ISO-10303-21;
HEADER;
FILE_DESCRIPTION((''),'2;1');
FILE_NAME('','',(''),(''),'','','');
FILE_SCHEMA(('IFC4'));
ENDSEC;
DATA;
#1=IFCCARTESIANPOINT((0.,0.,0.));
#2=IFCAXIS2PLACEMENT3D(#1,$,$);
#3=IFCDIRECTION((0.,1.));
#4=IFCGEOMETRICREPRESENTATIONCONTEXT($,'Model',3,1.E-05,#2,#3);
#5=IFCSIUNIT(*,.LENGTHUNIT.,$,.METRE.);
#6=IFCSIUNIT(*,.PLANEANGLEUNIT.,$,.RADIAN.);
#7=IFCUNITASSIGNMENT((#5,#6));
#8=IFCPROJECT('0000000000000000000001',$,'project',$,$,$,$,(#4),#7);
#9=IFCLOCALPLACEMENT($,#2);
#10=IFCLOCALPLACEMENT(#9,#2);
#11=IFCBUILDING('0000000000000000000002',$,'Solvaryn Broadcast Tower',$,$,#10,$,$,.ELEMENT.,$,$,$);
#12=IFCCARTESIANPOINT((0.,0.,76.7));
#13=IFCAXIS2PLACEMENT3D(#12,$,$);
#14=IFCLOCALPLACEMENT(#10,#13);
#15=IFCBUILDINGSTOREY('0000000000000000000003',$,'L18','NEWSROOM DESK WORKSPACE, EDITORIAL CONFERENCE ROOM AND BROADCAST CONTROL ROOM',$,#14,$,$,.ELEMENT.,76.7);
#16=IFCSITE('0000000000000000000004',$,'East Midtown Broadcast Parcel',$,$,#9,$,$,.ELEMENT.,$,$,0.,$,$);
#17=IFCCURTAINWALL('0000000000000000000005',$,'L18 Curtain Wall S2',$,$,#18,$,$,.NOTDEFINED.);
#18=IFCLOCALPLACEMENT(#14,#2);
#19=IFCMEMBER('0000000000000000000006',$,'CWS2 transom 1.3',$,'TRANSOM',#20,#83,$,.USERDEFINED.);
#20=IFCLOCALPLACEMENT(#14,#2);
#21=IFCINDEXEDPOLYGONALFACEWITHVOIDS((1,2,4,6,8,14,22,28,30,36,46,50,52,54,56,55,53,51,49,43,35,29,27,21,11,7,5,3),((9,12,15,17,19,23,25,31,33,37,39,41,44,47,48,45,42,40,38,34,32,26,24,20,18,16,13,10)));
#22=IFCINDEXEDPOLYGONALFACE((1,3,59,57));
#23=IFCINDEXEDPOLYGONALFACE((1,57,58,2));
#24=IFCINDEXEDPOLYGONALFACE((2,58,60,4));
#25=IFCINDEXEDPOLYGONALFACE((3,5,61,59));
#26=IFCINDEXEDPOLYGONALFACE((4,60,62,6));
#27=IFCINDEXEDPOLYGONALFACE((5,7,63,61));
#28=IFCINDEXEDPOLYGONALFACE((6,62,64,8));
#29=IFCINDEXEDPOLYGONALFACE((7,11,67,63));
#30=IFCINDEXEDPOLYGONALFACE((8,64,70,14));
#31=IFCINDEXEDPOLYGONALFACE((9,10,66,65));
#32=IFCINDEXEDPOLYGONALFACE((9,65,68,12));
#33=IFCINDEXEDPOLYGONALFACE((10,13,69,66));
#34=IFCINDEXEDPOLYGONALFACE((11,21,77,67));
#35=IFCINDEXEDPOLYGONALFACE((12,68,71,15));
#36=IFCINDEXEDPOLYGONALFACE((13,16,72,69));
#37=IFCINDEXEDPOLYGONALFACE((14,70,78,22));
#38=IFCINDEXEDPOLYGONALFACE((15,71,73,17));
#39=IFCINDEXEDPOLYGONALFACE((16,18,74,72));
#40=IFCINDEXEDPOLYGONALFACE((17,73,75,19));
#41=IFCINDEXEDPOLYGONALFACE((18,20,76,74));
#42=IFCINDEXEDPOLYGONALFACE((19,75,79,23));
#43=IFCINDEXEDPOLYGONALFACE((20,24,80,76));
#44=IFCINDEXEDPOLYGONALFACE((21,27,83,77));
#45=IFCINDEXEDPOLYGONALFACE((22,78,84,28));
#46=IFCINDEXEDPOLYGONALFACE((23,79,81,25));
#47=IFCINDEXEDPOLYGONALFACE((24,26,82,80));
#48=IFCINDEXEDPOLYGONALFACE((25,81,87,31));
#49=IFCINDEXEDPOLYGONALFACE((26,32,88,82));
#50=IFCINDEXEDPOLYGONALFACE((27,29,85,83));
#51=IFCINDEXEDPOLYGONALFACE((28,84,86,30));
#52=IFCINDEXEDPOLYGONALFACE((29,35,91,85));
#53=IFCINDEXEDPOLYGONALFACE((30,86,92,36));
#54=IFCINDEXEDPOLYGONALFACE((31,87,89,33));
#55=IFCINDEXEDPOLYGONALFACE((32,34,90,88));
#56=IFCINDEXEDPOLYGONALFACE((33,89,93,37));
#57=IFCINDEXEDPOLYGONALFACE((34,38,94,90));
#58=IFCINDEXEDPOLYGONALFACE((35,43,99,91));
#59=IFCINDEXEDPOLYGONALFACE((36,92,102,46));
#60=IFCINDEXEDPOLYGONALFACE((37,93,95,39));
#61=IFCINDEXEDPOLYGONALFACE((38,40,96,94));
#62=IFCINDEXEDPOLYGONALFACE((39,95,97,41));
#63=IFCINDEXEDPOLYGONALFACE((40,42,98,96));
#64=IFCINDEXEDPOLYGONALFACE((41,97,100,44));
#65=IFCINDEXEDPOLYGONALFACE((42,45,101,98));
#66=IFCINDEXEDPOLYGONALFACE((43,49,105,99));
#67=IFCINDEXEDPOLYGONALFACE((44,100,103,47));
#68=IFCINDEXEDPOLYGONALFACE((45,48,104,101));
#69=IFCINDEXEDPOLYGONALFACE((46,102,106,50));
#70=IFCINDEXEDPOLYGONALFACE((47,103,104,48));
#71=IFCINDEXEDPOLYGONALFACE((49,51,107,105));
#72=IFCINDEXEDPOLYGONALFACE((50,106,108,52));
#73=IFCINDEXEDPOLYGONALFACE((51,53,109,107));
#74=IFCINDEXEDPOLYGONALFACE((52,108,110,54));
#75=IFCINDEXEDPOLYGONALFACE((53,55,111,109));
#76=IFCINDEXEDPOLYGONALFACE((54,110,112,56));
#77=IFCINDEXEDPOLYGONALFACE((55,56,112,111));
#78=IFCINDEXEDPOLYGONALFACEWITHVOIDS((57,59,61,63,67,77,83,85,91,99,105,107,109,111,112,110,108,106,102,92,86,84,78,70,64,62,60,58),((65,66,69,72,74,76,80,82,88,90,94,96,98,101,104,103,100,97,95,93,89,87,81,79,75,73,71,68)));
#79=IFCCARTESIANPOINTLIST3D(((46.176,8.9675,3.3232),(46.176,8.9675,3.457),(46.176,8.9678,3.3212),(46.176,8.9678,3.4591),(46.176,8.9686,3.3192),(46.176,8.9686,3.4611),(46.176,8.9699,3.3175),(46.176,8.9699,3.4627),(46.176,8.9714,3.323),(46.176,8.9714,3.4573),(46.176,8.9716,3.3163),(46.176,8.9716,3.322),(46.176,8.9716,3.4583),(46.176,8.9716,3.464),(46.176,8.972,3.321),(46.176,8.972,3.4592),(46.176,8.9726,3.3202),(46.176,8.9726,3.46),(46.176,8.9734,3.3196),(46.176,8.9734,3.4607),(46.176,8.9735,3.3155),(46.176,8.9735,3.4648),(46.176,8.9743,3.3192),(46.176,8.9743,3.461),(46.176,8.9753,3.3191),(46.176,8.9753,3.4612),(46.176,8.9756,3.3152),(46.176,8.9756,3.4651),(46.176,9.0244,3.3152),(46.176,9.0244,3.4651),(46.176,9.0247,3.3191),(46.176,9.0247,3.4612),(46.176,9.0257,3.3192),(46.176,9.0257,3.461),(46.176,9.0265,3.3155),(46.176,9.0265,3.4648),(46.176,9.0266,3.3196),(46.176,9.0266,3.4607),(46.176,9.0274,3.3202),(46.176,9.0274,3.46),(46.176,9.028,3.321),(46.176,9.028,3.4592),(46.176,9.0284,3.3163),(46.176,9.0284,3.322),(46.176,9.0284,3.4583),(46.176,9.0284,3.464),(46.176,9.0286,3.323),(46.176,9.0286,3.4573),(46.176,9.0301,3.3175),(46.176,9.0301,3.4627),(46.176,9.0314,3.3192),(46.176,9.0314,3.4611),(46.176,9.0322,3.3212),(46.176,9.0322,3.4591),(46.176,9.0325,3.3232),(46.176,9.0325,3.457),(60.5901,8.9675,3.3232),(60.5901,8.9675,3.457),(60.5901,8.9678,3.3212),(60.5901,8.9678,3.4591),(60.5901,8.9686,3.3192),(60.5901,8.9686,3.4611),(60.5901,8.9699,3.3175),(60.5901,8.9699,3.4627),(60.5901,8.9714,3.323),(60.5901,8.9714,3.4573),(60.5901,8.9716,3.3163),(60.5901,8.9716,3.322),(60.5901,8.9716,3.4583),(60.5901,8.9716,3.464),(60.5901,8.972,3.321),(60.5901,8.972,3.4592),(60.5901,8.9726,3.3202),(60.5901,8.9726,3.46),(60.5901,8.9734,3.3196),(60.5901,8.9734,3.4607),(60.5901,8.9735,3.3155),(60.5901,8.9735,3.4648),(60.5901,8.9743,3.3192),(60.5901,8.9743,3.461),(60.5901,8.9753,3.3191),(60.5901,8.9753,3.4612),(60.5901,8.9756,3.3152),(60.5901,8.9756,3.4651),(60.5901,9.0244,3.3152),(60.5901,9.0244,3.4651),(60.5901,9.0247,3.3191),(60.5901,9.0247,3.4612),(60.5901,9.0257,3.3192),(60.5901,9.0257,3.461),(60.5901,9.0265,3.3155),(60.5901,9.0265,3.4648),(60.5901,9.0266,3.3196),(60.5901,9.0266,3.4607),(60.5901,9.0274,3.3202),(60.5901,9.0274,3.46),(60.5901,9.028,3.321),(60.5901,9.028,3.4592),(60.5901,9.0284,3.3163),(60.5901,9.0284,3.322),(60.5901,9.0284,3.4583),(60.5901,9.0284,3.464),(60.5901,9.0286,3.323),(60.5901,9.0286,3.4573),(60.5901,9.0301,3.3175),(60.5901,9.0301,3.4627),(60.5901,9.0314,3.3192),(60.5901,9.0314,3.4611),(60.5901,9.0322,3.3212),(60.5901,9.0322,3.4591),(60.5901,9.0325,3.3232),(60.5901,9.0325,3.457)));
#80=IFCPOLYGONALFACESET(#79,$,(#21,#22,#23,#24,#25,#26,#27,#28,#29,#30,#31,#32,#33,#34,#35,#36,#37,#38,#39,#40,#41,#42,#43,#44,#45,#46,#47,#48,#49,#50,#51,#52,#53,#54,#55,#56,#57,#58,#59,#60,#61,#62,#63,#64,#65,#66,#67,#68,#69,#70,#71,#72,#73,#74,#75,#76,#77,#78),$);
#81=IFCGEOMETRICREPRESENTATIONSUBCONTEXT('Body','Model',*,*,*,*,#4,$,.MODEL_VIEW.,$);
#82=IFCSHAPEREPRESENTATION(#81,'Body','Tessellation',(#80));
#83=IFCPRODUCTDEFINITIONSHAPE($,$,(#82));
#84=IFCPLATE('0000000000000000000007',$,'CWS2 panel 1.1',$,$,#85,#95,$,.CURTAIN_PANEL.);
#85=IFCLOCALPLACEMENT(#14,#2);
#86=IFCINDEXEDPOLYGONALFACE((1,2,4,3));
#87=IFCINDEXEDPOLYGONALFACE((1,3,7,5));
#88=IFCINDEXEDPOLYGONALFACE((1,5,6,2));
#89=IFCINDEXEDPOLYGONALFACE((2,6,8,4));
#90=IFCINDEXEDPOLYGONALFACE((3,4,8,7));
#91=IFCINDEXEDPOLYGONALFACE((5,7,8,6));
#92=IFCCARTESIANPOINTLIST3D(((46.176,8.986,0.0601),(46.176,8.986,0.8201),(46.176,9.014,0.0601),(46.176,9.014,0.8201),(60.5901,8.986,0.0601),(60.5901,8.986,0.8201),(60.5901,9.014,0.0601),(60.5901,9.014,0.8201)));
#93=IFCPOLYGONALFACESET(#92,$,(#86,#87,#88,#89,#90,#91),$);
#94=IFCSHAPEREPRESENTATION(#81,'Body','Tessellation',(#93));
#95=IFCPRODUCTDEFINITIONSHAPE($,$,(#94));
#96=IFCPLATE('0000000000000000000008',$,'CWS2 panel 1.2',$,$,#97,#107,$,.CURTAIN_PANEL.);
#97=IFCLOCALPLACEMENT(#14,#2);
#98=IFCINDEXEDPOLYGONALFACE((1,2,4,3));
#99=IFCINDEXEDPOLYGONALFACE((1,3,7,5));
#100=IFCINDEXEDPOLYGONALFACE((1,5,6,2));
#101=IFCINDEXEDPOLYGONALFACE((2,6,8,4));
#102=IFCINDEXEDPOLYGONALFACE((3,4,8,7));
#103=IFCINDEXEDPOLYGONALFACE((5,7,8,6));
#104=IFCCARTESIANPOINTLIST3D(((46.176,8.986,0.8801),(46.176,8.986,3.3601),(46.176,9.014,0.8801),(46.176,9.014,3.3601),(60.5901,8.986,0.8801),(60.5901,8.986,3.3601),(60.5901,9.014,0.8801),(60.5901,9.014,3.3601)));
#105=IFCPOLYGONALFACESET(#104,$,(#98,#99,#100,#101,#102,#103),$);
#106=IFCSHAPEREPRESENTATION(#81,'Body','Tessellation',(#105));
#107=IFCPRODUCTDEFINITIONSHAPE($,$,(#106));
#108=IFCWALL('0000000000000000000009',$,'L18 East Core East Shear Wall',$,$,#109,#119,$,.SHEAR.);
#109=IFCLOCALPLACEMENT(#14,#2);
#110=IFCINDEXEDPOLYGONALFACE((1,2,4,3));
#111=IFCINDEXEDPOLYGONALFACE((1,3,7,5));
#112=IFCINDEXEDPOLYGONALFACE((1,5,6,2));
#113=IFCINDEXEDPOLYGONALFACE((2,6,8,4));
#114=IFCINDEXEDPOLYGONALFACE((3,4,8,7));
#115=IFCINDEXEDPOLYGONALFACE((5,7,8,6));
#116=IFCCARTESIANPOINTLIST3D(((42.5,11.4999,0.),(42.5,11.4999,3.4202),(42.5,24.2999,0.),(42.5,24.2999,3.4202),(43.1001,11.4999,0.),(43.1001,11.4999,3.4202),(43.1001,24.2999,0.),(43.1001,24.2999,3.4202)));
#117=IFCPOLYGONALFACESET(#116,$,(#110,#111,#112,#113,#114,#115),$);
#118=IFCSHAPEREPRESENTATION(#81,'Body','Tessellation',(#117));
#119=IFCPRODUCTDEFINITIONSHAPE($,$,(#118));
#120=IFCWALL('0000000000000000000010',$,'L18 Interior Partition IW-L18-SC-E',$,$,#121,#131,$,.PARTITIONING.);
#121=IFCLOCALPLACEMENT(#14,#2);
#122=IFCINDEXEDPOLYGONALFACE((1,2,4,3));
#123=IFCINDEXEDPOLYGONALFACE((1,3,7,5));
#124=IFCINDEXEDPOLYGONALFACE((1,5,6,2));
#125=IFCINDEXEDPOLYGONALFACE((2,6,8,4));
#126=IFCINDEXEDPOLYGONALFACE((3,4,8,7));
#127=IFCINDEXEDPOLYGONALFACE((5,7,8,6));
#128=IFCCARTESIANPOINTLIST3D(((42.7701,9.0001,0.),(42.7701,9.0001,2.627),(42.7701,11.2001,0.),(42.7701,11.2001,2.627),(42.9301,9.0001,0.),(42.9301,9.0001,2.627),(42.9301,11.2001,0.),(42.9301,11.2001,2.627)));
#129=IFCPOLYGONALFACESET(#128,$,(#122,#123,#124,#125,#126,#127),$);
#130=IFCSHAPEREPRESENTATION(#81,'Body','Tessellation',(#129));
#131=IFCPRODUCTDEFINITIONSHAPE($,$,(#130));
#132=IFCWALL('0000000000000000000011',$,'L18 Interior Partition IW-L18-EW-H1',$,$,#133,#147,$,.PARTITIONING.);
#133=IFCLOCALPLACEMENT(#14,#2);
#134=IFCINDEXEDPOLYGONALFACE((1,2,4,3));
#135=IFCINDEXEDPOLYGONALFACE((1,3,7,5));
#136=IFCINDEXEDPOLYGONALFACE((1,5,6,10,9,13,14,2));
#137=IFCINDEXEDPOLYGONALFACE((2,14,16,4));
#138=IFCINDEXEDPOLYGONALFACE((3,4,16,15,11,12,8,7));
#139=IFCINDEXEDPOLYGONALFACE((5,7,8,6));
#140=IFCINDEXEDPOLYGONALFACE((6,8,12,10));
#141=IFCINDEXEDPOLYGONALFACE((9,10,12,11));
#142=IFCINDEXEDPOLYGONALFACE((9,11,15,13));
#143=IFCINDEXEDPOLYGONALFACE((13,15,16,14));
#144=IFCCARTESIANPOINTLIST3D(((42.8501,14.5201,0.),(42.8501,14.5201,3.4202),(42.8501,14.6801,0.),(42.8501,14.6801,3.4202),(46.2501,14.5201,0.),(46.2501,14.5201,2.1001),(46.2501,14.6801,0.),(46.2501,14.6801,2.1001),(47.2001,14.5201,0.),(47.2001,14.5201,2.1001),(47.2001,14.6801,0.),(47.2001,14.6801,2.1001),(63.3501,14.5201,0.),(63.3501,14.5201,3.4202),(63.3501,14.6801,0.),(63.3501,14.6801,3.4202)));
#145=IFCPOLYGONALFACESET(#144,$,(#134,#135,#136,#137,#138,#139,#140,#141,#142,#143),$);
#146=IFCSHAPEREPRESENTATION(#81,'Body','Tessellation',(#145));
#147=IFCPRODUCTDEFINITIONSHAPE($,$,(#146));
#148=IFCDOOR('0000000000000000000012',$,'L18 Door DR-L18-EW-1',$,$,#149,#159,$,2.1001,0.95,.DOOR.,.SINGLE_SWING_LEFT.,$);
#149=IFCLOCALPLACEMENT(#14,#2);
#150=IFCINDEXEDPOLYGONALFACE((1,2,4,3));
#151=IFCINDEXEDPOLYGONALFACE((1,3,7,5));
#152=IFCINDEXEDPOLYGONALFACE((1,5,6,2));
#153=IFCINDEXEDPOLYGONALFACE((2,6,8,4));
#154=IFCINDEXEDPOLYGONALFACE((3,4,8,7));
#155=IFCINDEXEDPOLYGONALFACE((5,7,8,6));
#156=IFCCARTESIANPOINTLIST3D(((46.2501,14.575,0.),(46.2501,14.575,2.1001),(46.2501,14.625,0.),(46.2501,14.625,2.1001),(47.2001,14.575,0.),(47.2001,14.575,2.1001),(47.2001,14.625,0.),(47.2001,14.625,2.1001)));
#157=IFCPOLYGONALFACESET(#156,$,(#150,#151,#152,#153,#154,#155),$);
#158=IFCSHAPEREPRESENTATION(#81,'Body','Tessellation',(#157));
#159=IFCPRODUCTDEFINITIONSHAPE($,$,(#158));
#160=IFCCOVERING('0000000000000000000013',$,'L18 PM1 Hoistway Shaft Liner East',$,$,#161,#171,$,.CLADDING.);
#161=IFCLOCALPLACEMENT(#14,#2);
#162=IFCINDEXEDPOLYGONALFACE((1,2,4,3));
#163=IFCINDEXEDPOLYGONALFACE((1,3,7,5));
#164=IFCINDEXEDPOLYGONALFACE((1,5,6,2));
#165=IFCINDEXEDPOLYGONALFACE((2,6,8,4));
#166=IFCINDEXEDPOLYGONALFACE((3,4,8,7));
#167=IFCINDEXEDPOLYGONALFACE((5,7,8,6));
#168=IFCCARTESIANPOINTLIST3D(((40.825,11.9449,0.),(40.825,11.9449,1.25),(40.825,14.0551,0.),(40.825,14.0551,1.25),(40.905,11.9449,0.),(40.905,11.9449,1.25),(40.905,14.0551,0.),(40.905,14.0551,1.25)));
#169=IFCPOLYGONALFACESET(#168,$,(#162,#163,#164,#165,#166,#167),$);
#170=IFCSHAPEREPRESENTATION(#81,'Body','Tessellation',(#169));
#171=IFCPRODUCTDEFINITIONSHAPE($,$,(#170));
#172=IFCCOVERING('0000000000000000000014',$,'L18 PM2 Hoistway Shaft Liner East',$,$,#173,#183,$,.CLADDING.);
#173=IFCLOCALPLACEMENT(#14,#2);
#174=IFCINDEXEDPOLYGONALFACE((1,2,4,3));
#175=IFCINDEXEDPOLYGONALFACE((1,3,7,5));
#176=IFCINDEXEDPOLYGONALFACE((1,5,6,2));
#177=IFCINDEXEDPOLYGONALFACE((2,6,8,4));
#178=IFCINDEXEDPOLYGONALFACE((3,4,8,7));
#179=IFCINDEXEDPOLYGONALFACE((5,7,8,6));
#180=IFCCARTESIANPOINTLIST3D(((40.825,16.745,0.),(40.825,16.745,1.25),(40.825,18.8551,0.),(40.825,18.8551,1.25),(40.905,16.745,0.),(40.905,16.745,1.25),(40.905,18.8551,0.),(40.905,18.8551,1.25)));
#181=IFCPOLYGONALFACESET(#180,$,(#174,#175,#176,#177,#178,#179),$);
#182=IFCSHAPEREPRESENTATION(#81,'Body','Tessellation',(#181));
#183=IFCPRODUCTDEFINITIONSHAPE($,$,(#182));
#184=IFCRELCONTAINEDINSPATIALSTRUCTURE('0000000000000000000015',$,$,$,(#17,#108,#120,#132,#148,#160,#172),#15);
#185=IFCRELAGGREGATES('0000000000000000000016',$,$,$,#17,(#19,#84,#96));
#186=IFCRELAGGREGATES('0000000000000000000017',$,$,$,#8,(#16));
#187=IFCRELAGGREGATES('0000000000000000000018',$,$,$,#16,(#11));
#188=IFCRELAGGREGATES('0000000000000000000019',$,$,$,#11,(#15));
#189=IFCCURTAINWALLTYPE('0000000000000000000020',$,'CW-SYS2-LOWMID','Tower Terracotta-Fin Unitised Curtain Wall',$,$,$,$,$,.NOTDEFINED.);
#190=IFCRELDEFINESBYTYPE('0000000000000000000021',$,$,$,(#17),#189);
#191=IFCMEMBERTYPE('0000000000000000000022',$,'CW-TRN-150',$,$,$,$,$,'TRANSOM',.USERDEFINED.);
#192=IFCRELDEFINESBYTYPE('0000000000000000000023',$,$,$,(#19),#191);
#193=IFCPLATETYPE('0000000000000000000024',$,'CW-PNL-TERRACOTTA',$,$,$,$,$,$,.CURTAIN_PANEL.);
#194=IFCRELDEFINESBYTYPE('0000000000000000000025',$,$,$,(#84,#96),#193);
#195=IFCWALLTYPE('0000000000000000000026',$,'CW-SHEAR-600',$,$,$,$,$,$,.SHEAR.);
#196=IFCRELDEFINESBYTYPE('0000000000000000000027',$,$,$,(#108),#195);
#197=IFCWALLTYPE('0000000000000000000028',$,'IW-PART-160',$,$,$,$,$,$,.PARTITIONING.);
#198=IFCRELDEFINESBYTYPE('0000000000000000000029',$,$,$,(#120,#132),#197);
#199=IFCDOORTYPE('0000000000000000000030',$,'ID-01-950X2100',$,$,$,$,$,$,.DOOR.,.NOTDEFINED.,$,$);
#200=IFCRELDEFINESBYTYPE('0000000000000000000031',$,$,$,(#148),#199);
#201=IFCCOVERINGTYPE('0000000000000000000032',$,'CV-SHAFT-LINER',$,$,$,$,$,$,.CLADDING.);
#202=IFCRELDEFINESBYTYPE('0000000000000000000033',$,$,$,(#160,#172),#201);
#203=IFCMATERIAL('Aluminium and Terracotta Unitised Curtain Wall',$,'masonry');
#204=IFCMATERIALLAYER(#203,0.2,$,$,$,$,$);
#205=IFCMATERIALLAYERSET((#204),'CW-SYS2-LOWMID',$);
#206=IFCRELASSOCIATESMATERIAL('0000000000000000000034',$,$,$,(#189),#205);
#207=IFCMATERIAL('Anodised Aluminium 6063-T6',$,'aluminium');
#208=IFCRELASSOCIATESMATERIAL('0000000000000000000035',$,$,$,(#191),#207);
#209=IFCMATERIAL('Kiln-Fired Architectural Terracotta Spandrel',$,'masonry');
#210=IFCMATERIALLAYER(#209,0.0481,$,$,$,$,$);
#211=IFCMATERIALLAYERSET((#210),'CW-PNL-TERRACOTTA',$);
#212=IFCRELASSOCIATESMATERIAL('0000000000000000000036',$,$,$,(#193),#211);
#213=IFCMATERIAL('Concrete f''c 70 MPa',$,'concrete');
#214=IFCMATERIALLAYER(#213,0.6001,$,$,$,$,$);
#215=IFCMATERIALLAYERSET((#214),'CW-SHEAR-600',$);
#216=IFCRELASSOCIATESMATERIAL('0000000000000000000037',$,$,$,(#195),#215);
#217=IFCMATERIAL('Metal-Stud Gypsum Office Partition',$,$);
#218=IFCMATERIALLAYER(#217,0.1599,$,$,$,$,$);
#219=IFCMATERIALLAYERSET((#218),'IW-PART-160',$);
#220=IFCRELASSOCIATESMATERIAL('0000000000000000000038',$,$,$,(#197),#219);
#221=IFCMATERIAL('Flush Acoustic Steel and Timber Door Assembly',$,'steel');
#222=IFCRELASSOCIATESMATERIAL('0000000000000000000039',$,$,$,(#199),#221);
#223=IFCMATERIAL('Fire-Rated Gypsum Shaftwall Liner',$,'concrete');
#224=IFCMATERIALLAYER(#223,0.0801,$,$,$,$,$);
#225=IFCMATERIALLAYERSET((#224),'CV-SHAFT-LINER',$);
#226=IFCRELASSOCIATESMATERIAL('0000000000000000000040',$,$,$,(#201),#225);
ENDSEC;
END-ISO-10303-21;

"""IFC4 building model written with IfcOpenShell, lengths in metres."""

from ifc_helpers import new_model, si_unit, direction, frame, frame_2d, origin, origin_2d, place, context, subcontext, project, spatial, rectangle, hollow_rectangle, extrude, material, layer, layer_set, material_profile, profile_set, type_object, element, fill, aggregate, save


model = new_model("IFC4")

# Units and contexts
model_context = context("Model", 3, precision=1e-05, world=origin(), true_north=direction((0.0, 1.0)))
body_context = subcontext(model_context, "Body", "Model", "MODEL_VIEW")
ifc_project = project(units=[si_unit("LENGTHUNIT", "METRE"), si_unit("PLANEANGLEUNIT", "RADIAN")], contexts=[model_context])

# Site, building, storey
site_placement = place(None, origin())
site = spatial("IfcSite", under=ifc_project, at=site_placement, Name="East Midtown Broadcast Parcel", CompositionType="ELEMENT", RefElevation=0.0)
building_placement = place(site_placement, origin())
building = spatial("IfcBuilding", under=site, at=building_placement, Name="Solvaryn Broadcast Tower", CompositionType="ELEMENT")
storey_placement = place(building_placement, frame((0.0, 0.0, 76.7)))
storey = spatial("IfcBuildingStorey", under=building, at=storey_placement, Name="L18", Description="NEWSROOM DESK WORKSPACE, EDITORIAL CONFERENCE ROOM AND BROADCAST CONTROL ROOM", CompositionType="ELEMENT", Elevation=76.7)

# Shared definitions
ifc_material_1 = material(Name="Aluminium and Terracotta Unitised Curtain Wall", Category="masonry")
ifc_layer_1 = layer(ifc_material_1, 0.2)
ifc_layer_set_1 = layer_set([ifc_layer_1], Name="CW-SYS2-LOWMID")
curtain_wall_type = type_object("IfcCurtainWallType", Name="CW-SYS2-LOWMID", Description="Tower Terracotta-Fin Unitised Curtain Wall", PredefinedType="NOTDEFINED", material=ifc_layer_set_1)

# Curtain wall, member, plates
curtain_wall_1_placement = place(storey_placement, origin())
curtain_wall_1 = element("IfcCurtainWall", 1, at=curtain_wall_1_placement, inside=storey, type_object=curtain_wall_type, Name="L18 Curtain Wall S2", PredefinedType="NOTDEFINED")
ifc_material_2 = material(Name="Anodised Aluminium 6063-T6", Category="aluminium")
ifc_material_profile_1 = material_profile(ifc_material_2, hollow_rectangle(XDim=0.0649, YDim=0.1499, WallThickness=0.0039, InnerFilletRadius=0.0039, OuterFilletRadius=0.0081, at=origin_2d()))
ifc_profile_set_1 = profile_set([ifc_material_profile_1], Name="Anodised Aluminium 6063-T6")
member_type_1 = type_object("IfcMemberType", Name="CW-TRN-150", ElementType="TRANSOM", PredefinedType="USERDEFINED", material=ifc_profile_set_1)
member_1_placement = place(storey_placement, frame((46.176, 9.0, 3.3901), z_axis=(1.0, 0.0, 0.0), x_axis=(0.0, 1.0, 0.0)))
member_1 = element("IfcMember", 2, at=member_1_placement, type_object=member_type_1, Name="CWS2 transom 1.3", ObjectType="TRANSOM", PredefinedType="USERDEFINED", context=body_context, shape_type="SweptSolid", body=[
    extrude(hollow_rectangle(XDim=0.0649, YDim=0.1499, WallThickness=0.0039, InnerFilletRadius=0.0039, OuterFilletRadius=0.0081, at=origin_2d()), origin(), (0.0, 0.0, 1.0), 14.4141),
])
ifc_material_3 = material(Name="Kiln-Fired Architectural Terracotta Spandrel", Category="masonry")
ifc_layer_2 = layer(ifc_material_3, 0.0481)
ifc_layer_set_2 = layer_set([ifc_layer_2], Name="CW-PNL-TERRACOTTA")
plate_type = type_object("IfcPlateType", Name="CW-PNL-TERRACOTTA", PredefinedType="CURTAIN_PANEL", material=ifc_layer_set_2)
plate_1_placement = place(storey_placement, frame((53.3831, 9.0, 0.0601), z_axis=(0.0, 0.0, 1.0), x_axis=(1.0, 0.0, 0.0)))
plate_1 = element("IfcPlate", 3, at=plate_1_placement, type_object=plate_type, Name="CWS2 panel 1.1", PredefinedType="CURTAIN_PANEL", context=body_context, shape_type="SweptSolid", body=[
    extrude(rectangle(XDim=14.4141, YDim=0.0281, at=origin_2d()), origin(), (0.0, 0.0, 1.0), 0.76),
])
plate_2_placement = place(storey_placement, frame((53.3831, 9.0, 0.8801), z_axis=(0.0, 0.0, 1.0), x_axis=(1.0, 0.0, 0.0)))
plate_2 = element("IfcPlate", 4, at=plate_2_placement, type_object=plate_type, Name="CWS2 panel 1.2", PredefinedType="CURTAIN_PANEL", context=body_context, shape_type="SweptSolid", body=[
    extrude(rectangle(XDim=14.4141, YDim=0.0281, at=origin_2d()), origin(), (0.0, 0.0, 1.0), 2.48),
])
aggregate(curtain_wall_1, [member_1, plate_1, plate_2])

# Walls
ifc_material_4 = material(Name="Concrete f'c 70 MPa", Category="concrete")
ifc_layer_3 = layer(ifc_material_4, 0.6001)
ifc_layer_set_3 = layer_set([ifc_layer_3], Name="CW-SHEAR-600")
wall_type_1 = type_object("IfcWallType", Name="CW-SHEAR-600", PredefinedType="SHEAR", material=ifc_layer_set_3)
wall_1_placement = place(storey_placement, frame((42.8, 11.5, 0.0), z_axis=(0.0, 0.0, 1.0), x_axis=(0.0, 1.0, 0.0)))
element("IfcWall", 5, at=wall_1_placement, inside=storey, type_object=wall_type_1, Name="L18 East Core East Shear Wall", PredefinedType="SHEAR", context=body_context, shape_type="SweptSolid", body=[
    extrude(rectangle(XDim=12.8, YDim=0.6001, at=frame_2d((6.3999, 0.0))), origin(), (0.0, 0.0, 1.0), 3.4202),
])
ifc_material_5 = material(Name="Metal-Stud Gypsum Office Partition")
ifc_layer_4 = layer(ifc_material_5, 0.1599)
ifc_layer_set_4 = layer_set([ifc_layer_4], Name="IW-PART-160")
wall_type_2 = type_object("IfcWallType", Name="IW-PART-160", PredefinedType="PARTITIONING", material=ifc_layer_set_4)
wall_2_placement = place(storey_placement, frame((42.8501, 9.0, 0.0), z_axis=(0.0, 0.0, 1.0), x_axis=(0.0, 1.0, 0.0)))
element("IfcWall", 6, at=wall_2_placement, inside=storey, type_object=wall_type_2, Name="L18 Interior Partition IW-L18-SC-E", PredefinedType="PARTITIONING", context=body_context, shape_type="SweptSolid", body=[
    extrude(rectangle(XDim=2.2, YDim=0.1599, at=frame_2d((1.1001, 0.0))), origin(), (0.0, 0.0, 1.0), 2.627),
])

# Wall, opening, door
wall_3_placement = place(storey_placement, frame((42.8501, 14.6001, 0.0), z_axis=(0.0, 0.0, 1.0), x_axis=(1.0, 0.0, 0.0)))
wall_3 = element("IfcWall", 7, at=wall_3_placement, inside=storey, type_object=wall_type_2, Name="L18 Interior Partition IW-L18-EW-H1", PredefinedType="PARTITIONING", context=body_context, shape_type="SweptSolid", body=[
    extrude(rectangle(XDim=20.5, YDim=0.1599, at=frame_2d((10.25, 0.0))), origin(), (0.0, 0.0, 1.0), 3.4202),
])
opening_1_placement = place(wall_3_placement, frame((3.3999, 0.0, 0.0)))
opening_1 = element("IfcOpeningElement", 8, at=opening_1_placement, cuts=wall_3, PredefinedType="OPENING", context=body_context, shape_type="SweptSolid", body=[
    extrude(rectangle(XDim=0.95, YDim=2.1001, at=frame_2d((0.4751, 1.05))), frame((0.0, 0.0901, 0.0), z_axis=(0.0, -1.0, 0.0), x_axis=(1.0, 0.0, 0.0)), (0.0, 0.0, 1.0), 0.1799),
])
ifc_material_6 = material(Name="Flush Acoustic Steel and Timber Door Assembly", Category="steel")
door_type_1 = type_object("IfcDoorType", Name="ID-01-950X2100", OperationType="NOTDEFINED", PredefinedType="DOOR", material=ifc_material_6)
door_1_placement = place(opening_1_placement, origin())
door_1 = element("IfcDoor", 9, at=door_1_placement, inside=storey, type_object=door_type_1, Name="L18 Door DR-L18-EW-1", OperationType="SINGLE_SWING_LEFT", OverallHeight=2.1001, OverallWidth=0.95, PredefinedType="DOOR", context=body_context, shape_type="SweptSolid", body=[
    extrude(rectangle(XDim=0.95, YDim=2.1001, at=frame_2d((0.4751, 1.05))), frame((0.0, 0.0249, 0.0), z_axis=(0.0, -1.0, 0.0), x_axis=(1.0, 0.0, 0.0)), (0.0, 0.0, 1.0), 0.05),
])
fill(opening_1, door_1)

# Coverings
ifc_material_7 = material(Name="Fire-Rated Gypsum Shaftwall Liner", Category="concrete")
ifc_layer_5 = layer(ifc_material_7, 0.0801)
ifc_layer_set_5 = layer_set([ifc_layer_5], Name="CV-SHAFT-LINER")
covering_type_1 = type_object("IfcCoveringType", Name="CV-SHAFT-LINER", PredefinedType="CLADDING", material=ifc_layer_set_5)
for number, where, z_axis, x_axis, name in (
    (10, (40.865, 13.0, 0.0), (0.0, 0.0, 1.0), (1.0, 0.0, 0.0), "L18 PM1 Hoistway Shaft Liner East"),
    (11, (40.865, 17.8, 0.0), (0.0, 0.0, 1.0), (1.0, 0.0, 0.0), "L18 PM2 Hoistway Shaft Liner East"),
):
    element("IfcCovering", number, at=place(storey_placement, frame(where, z_axis=z_axis, x_axis=x_axis)), inside=storey, type_object=covering_type_1, Name=name, PredefinedType="CLADDING", context=body_context, shape_type="SweptSolid", body=[
        extrude(rectangle(XDim=0.0801, YDim=2.1101, at=origin_2d()), origin(), (0.0, 0.0, 1.0), 1.25),
    ])

save(model, "model.ifc")
